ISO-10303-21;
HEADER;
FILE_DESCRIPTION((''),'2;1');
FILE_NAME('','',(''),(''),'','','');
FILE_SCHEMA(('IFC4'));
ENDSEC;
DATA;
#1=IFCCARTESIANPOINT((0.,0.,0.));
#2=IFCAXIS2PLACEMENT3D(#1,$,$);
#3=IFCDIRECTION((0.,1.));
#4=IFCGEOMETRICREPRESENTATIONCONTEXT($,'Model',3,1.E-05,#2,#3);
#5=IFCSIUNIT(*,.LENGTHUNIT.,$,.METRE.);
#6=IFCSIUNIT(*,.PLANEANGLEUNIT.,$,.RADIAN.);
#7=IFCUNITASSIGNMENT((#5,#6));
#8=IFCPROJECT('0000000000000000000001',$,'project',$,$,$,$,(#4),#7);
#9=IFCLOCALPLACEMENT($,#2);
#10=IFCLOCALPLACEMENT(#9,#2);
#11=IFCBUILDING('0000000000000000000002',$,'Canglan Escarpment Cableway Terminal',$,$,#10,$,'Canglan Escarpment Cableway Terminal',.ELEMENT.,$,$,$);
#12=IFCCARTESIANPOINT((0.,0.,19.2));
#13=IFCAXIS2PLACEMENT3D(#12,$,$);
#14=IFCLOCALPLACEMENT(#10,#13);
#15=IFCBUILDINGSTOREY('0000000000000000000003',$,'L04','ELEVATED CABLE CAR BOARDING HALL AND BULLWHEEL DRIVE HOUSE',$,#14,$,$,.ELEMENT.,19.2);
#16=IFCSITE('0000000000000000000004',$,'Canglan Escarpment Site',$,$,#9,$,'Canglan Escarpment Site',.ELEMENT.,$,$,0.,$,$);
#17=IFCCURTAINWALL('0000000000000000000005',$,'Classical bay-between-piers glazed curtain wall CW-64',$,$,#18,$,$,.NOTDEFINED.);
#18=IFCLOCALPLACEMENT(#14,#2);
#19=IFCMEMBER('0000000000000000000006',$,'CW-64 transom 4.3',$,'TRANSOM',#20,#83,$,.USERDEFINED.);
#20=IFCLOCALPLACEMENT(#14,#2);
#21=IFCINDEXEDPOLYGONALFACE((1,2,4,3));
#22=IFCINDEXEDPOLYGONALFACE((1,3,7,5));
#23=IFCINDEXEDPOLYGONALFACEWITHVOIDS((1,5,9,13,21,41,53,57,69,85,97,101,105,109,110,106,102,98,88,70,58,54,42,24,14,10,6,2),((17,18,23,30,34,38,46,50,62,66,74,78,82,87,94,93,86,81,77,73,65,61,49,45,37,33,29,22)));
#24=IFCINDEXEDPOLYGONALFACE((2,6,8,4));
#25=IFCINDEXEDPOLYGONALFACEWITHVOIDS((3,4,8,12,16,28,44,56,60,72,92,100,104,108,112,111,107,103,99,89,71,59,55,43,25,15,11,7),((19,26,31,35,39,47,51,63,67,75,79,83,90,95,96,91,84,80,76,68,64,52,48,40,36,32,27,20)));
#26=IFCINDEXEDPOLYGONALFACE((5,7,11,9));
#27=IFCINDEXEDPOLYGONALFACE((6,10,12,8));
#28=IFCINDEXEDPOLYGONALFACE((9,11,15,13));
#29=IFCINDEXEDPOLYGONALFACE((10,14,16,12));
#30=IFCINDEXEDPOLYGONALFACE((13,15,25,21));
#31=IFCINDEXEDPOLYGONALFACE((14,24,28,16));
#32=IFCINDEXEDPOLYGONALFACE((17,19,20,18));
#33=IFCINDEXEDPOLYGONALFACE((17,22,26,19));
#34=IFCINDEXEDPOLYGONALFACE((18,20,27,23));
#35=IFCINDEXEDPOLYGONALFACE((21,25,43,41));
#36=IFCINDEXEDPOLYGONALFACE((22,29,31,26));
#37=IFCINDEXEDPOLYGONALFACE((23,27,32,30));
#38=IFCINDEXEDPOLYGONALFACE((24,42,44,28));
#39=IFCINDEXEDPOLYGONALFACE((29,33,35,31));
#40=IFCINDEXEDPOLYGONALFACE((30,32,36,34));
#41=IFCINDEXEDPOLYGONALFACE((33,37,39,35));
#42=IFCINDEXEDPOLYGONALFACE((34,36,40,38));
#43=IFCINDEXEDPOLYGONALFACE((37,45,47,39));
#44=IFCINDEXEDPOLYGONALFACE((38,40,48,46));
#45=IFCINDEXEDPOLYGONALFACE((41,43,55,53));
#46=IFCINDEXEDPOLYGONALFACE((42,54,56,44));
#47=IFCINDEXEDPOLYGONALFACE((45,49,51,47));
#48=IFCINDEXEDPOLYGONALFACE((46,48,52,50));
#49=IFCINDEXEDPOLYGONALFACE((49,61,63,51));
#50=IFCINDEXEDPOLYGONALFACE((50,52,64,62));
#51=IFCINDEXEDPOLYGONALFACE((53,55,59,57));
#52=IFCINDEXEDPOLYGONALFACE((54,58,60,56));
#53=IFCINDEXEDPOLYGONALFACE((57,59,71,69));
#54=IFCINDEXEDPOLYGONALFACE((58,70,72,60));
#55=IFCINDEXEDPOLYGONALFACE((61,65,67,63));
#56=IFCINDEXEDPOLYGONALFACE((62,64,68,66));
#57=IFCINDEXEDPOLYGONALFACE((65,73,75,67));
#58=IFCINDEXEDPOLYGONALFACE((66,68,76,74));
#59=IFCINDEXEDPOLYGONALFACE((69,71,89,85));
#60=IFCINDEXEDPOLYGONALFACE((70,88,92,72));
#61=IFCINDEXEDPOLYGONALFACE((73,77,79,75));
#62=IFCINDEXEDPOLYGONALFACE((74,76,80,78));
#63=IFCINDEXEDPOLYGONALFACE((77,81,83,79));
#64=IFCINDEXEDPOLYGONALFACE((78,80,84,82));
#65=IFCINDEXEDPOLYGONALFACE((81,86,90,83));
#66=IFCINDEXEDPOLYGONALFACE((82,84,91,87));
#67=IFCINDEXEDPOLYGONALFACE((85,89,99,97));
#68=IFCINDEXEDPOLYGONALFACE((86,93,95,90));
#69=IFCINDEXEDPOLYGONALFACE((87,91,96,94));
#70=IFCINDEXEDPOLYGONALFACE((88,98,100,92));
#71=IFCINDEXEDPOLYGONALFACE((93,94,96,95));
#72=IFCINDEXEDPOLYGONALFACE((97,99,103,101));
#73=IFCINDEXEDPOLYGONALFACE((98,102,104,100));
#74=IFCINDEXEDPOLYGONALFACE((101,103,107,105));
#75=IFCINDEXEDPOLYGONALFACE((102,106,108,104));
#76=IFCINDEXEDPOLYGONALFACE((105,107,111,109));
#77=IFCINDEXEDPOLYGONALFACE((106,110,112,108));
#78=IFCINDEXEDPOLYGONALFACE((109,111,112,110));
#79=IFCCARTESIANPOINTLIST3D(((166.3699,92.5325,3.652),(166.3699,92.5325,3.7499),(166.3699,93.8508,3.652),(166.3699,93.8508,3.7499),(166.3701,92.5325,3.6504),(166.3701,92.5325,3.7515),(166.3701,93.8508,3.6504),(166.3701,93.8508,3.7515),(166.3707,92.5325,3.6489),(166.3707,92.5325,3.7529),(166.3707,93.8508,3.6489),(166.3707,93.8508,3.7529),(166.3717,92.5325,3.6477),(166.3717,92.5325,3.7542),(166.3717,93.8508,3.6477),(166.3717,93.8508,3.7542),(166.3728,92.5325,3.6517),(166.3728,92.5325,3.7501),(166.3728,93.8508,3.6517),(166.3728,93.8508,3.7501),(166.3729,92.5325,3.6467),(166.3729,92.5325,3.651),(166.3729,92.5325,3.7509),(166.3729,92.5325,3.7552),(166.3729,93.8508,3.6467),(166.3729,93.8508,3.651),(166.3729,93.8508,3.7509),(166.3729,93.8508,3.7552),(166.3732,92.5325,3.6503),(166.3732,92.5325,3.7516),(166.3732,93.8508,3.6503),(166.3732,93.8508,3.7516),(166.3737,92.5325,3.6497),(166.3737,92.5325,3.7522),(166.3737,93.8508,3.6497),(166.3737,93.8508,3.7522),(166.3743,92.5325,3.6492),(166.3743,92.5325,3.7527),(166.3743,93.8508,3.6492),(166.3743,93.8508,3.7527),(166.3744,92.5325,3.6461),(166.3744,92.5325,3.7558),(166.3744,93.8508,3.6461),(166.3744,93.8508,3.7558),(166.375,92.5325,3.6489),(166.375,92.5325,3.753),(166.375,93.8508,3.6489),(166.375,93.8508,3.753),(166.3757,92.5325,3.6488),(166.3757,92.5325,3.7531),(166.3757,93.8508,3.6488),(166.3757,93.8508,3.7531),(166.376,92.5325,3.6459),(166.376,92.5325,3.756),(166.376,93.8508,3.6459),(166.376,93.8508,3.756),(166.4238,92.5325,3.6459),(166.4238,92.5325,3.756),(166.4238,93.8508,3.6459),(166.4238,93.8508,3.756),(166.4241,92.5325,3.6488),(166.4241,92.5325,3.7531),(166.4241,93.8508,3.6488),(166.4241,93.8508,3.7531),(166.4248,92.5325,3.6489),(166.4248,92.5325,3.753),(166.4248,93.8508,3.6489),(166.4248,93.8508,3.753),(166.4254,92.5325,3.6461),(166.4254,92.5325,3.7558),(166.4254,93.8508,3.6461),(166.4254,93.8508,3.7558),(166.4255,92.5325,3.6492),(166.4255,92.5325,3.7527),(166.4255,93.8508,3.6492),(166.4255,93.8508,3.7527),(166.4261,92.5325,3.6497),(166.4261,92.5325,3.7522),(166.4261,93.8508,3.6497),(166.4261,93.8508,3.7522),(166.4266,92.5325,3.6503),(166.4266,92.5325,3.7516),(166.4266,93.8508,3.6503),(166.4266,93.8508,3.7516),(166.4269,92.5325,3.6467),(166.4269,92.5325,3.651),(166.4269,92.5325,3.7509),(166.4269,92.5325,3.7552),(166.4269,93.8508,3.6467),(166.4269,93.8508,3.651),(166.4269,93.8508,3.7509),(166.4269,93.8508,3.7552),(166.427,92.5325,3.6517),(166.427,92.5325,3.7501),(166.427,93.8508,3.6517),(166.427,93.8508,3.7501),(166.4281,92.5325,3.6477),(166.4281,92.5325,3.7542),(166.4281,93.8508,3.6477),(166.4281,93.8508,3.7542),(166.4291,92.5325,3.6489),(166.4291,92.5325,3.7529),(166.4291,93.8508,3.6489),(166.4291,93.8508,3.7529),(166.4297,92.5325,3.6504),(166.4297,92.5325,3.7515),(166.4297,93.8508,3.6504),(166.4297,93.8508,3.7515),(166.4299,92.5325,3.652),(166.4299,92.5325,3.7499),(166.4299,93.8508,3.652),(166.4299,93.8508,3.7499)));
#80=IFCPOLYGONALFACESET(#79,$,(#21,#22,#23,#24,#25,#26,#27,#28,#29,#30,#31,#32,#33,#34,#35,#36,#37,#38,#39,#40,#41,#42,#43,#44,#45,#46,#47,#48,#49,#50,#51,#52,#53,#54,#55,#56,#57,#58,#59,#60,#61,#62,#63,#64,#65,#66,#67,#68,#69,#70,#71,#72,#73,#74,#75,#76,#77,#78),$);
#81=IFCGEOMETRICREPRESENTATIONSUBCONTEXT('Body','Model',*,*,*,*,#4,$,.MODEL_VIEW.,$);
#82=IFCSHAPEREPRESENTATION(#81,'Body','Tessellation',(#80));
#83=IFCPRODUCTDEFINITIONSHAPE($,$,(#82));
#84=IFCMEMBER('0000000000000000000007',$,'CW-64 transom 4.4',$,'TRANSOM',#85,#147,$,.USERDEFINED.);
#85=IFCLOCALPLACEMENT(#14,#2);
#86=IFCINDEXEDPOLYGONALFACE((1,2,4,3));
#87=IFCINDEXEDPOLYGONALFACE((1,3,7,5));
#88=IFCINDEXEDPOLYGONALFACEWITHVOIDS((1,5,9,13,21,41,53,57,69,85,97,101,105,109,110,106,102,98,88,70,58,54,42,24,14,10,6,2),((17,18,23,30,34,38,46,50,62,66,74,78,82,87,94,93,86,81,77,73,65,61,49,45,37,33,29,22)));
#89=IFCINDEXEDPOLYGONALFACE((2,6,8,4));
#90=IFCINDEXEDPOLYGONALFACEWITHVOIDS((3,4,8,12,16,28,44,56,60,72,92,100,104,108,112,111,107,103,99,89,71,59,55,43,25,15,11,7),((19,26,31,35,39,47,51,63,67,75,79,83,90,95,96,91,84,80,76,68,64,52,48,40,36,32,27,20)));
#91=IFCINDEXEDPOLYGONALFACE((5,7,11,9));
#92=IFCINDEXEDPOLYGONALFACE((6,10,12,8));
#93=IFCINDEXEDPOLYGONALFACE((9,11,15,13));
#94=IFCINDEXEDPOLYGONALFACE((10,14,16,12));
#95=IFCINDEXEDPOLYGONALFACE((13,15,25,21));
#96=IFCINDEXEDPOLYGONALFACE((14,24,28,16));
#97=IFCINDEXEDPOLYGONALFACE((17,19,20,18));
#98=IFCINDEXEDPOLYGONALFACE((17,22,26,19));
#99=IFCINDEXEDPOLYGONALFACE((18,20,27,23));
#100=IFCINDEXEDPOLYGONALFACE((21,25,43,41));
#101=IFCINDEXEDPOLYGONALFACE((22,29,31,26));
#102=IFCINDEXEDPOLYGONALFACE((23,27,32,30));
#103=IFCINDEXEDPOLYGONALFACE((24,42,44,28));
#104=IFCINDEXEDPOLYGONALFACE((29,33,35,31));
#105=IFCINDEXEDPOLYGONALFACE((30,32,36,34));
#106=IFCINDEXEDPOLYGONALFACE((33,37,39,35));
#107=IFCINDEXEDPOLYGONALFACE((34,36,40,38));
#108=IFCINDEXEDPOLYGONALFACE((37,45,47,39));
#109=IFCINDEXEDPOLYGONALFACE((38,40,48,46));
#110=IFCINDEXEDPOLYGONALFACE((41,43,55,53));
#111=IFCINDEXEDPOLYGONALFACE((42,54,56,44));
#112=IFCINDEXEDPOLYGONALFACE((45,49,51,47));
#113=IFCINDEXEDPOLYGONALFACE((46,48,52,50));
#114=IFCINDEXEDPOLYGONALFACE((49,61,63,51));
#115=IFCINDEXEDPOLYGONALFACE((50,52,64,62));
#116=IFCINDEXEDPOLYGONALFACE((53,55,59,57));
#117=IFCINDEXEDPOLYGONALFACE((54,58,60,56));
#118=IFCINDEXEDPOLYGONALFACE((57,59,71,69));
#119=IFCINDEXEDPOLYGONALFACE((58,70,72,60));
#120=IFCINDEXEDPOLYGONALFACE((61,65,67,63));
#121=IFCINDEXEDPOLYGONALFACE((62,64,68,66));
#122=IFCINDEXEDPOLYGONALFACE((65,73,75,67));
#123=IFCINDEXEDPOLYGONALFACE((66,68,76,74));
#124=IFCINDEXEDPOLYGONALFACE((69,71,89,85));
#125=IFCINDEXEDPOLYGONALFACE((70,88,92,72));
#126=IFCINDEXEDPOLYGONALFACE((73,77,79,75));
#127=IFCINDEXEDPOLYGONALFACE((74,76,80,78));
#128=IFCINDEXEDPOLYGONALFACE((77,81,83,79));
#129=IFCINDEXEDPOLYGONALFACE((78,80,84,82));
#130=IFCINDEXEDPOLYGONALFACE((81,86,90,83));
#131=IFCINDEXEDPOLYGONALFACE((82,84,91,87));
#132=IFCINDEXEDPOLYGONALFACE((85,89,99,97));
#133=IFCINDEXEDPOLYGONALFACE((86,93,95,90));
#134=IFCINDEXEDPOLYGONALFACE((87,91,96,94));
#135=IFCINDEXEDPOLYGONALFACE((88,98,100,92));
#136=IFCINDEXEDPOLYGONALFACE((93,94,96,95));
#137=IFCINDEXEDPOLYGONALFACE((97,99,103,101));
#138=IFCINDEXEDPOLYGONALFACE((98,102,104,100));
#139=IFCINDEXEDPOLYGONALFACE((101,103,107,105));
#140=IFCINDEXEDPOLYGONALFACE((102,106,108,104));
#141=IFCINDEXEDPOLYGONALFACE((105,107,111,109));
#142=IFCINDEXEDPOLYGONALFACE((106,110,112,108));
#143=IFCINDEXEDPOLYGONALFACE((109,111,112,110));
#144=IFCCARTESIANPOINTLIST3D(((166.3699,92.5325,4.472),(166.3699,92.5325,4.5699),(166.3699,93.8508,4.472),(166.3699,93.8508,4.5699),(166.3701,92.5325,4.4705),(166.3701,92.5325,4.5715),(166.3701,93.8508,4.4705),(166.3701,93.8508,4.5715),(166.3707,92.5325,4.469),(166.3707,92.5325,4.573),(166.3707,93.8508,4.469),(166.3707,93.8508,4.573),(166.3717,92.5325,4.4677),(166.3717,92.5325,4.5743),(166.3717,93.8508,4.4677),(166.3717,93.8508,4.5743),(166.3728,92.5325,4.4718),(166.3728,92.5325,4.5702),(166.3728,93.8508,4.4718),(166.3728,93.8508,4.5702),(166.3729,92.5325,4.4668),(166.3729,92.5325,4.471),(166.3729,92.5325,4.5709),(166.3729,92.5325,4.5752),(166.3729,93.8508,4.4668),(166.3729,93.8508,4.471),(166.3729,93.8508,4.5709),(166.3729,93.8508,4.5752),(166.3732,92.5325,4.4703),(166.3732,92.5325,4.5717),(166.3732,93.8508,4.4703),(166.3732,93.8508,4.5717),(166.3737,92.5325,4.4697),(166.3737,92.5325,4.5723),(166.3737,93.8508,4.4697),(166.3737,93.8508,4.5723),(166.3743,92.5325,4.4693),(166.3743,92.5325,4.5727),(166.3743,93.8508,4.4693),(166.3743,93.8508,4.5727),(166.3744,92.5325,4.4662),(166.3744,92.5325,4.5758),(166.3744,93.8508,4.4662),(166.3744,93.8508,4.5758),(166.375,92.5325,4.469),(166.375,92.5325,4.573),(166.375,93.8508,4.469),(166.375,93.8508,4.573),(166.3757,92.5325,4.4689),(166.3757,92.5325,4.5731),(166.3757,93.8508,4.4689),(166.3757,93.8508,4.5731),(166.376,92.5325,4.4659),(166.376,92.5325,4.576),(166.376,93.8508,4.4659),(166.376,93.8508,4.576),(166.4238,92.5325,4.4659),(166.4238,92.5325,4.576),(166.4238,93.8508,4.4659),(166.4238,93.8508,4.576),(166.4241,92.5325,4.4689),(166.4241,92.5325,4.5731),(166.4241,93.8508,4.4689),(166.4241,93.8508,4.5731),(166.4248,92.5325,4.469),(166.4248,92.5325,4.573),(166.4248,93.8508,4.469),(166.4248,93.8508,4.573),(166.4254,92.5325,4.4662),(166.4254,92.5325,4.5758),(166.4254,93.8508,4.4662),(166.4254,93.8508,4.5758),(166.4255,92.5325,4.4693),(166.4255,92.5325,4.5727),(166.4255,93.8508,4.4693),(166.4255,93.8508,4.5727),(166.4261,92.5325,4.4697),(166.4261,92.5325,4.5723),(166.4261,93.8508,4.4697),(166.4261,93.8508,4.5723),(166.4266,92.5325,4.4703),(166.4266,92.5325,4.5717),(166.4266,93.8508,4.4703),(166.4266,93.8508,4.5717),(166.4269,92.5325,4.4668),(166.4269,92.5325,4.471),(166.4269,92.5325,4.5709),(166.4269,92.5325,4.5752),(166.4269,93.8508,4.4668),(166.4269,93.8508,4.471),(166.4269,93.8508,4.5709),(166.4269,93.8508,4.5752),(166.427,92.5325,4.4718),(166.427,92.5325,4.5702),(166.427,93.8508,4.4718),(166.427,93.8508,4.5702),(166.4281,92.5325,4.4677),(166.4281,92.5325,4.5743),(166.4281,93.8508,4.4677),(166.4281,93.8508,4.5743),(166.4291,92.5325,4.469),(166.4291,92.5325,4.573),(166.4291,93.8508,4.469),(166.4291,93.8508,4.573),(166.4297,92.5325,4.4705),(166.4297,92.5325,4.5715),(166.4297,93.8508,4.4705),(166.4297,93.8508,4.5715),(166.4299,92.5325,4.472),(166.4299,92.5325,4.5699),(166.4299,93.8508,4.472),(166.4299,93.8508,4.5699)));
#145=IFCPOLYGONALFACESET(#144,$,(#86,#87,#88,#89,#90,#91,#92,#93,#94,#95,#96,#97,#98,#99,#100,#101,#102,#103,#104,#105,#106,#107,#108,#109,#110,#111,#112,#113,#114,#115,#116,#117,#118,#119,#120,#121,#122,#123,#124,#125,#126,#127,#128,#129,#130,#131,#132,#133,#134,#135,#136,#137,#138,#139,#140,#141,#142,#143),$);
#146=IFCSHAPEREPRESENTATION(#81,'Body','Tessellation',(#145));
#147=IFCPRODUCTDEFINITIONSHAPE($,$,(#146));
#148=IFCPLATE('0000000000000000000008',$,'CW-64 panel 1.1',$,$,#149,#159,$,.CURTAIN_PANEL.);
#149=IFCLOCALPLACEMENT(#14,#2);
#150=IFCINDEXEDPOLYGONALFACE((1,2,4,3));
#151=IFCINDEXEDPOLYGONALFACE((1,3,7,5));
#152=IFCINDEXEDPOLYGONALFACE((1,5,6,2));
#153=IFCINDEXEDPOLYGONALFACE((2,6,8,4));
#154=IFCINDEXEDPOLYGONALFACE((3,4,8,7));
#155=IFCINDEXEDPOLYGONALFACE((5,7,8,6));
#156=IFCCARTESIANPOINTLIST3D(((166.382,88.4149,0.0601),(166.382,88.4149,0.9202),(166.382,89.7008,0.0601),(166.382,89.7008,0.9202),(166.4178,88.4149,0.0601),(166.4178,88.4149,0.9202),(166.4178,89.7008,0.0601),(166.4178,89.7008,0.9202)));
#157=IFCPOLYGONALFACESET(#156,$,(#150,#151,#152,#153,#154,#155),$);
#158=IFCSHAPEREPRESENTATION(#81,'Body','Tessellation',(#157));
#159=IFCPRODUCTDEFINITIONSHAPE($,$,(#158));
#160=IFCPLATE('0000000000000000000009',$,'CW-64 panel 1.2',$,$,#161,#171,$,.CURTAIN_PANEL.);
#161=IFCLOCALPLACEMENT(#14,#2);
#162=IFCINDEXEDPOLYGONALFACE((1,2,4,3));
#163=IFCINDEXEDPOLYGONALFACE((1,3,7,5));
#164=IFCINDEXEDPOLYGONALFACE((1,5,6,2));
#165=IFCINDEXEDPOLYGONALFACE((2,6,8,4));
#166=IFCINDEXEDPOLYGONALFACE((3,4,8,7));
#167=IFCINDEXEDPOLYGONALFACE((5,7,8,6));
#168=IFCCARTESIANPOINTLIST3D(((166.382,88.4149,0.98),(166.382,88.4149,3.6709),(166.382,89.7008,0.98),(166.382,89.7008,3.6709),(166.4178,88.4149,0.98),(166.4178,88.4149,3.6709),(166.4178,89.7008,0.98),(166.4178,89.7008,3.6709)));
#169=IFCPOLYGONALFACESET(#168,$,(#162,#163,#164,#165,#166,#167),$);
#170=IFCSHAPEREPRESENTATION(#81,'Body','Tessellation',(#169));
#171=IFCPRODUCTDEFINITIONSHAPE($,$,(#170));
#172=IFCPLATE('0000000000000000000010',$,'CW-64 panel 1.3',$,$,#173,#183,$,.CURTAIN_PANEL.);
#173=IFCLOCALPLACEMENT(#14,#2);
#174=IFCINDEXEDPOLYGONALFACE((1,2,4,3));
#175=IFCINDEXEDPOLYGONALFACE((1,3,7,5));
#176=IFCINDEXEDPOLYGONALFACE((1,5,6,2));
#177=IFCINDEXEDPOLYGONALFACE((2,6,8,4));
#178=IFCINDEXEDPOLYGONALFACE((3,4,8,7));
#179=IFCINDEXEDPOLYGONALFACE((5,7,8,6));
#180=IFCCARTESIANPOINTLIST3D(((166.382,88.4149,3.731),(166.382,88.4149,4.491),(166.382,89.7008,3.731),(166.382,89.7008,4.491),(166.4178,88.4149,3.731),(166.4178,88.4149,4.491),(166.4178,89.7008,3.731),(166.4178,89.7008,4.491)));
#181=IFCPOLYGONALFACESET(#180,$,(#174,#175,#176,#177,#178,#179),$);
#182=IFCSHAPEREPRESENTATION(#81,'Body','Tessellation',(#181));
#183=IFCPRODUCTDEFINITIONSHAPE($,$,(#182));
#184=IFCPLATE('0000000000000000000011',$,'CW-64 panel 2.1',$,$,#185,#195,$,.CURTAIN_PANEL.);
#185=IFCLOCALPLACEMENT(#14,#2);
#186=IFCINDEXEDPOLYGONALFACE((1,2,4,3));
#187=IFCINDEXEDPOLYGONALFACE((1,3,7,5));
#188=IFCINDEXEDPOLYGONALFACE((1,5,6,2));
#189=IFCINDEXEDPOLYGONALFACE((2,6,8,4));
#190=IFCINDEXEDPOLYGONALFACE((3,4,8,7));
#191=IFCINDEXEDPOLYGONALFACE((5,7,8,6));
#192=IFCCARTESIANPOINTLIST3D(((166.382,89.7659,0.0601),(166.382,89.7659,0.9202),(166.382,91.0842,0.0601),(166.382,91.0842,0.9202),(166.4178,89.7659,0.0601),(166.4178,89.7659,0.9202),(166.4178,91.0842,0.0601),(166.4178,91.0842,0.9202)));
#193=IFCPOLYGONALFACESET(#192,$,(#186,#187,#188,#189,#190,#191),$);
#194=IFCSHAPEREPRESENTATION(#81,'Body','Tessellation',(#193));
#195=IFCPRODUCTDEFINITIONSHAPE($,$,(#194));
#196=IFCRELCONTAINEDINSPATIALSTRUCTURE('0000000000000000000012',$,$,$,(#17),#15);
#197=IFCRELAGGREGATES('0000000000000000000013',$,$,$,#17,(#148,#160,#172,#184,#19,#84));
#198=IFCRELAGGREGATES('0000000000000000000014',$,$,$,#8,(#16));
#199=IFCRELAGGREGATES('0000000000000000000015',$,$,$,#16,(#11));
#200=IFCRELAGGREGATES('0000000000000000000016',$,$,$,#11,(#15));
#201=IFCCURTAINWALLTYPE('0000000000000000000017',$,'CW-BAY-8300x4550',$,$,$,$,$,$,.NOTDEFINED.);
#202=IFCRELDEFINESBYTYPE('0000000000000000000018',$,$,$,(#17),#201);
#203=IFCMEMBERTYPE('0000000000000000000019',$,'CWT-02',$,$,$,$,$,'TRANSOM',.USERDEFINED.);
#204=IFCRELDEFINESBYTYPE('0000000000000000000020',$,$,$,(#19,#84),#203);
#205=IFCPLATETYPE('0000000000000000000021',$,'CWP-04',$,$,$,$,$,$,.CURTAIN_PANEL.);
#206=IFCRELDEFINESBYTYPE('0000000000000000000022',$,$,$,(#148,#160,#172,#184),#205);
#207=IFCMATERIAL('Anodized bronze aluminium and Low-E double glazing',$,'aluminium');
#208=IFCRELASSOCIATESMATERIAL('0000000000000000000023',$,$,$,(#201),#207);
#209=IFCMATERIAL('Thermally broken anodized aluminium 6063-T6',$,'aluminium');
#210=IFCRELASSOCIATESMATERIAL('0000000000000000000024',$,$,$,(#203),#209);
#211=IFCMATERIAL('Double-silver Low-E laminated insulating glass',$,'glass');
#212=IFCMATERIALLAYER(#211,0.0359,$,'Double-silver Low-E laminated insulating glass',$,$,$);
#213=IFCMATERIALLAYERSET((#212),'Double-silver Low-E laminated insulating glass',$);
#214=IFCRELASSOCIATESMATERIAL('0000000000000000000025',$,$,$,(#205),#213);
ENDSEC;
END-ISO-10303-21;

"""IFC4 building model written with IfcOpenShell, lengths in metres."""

from ifc_helpers import new_model, si_unit, direction, frame, origin, origin_2d, place, context, subcontext, project, spatial, rectangle, hollow_rectangle, extrude, material, layer, layer_set, material_profile, profile_set, type_object, element, aggregate, save


model = new_model("IFC4")

# Units and contexts
model_context = context("Model", 3, precision=1e-05, world=origin(), true_north=direction((0.0, 1.0)))
body_context = subcontext(model_context, "Body", "Model", "MODEL_VIEW")
ifc_project = project(units=[si_unit("LENGTHUNIT", "METRE"), si_unit("PLANEANGLEUNIT", "RADIAN")], contexts=[model_context])

# Site, building, storey
site_placement = place(None, origin())
site = spatial("IfcSite", under=ifc_project, at=site_placement, Name="Canglan Escarpment Site", LongName="Canglan Escarpment Site", CompositionType="ELEMENT", RefElevation=0.0)
building_placement = place(site_placement, origin())
building = spatial("IfcBuilding", under=site, at=building_placement, Name="Canglan Escarpment Cableway Terminal", LongName="Canglan Escarpment Cableway Terminal", CompositionType="ELEMENT")
storey_placement = place(building_placement, frame((0.0, 0.0, 19.2)))
storey = spatial("IfcBuildingStorey", under=building, at=storey_placement, Name="L04", Description="ELEVATED CABLE CAR BOARDING HALL AND BULLWHEEL DRIVE HOUSE", CompositionType="ELEMENT", Elevation=19.2)

# Shared definitions
ifc_material_1 = material(Name="Anodized bronze aluminium and Low-E double glazing", Category="aluminium")
curtain_wall_type = type_object("IfcCurtainWallType", Name="CW-BAY-8300x4550", PredefinedType="NOTDEFINED", material=ifc_material_1)
ifc_material_2 = material(Name="Thermally broken anodized aluminium 6063-T6", Category="aluminium")

# Curtain wall, members, plates
curtain_wall_1_placement = place(storey_placement, origin())
curtain_wall_1 = element("IfcCurtainWall", 1, at=curtain_wall_1_placement, inside=storey, type_object=curtain_wall_type, Name="Classical bay-between-piers glazed curtain wall CW-64", PredefinedType="NOTDEFINED")
ifc_material_profile_1 = material_profile(ifc_material_2, hollow_rectangle(XDim=0.0601, YDim=0.1101, WallThickness=0.0029, InnerFilletRadius=0.0029, OuterFilletRadius=0.0061, at=origin_2d()), Name="ALU-TRAN 60x110x3")
ifc_profile_set_1 = profile_set([ifc_material_profile_1], Name="Thermally broken anodized aluminium 6063-T6")
member_type_1 = type_object("IfcMemberType", Name="CWT-02", ElementType="TRANSOM", PredefinedType="USERDEFINED", material=ifc_profile_set_1)
member_1_placement = place(storey_placement, frame((166.3999, 92.5325, 3.7009), z_axis=(0.0, 1.0, 0.0), x_axis=(-1.0, 0.0, 0.0)))
member_1 = element("IfcMember", 2, at=member_1_placement, type_object=member_type_1, Name="CW-64 transom 4.3", ObjectType="TRANSOM", PredefinedType="USERDEFINED", context=body_context, shape_type="SweptSolid", body=[
    extrude(hollow_rectangle(XDim=0.0601, YDim=0.1101, WallThickness=0.0029, InnerFilletRadius=0.0029, OuterFilletRadius=0.0061, at=origin_2d()), origin(), (0.0, 0.0, 1.0), 1.3184),
])
member_2_placement = place(storey_placement, frame((166.3999, 92.5325, 4.521), z_axis=(0.0, 1.0, 0.0), x_axis=(-1.0, 0.0, 0.0)))
member_2 = element("IfcMember", 3, at=member_2_placement, type_object=member_type_1, Name="CW-64 transom 4.4", ObjectType="TRANSOM", PredefinedType="USERDEFINED", context=body_context, shape_type="SweptSolid", body=[
    extrude(hollow_rectangle(XDim=0.0601, YDim=0.1101, WallThickness=0.0029, InnerFilletRadius=0.0029, OuterFilletRadius=0.0061, at=origin_2d()), origin(), (0.0, 0.0, 1.0), 1.3184),
])
ifc_material_3 = material(Name="Double-silver Low-E laminated insulating glass", Category="glass")
ifc_layer = layer(ifc_material_3, 0.0359, Name="Double-silver Low-E laminated insulating glass")
ifc_layer_set = layer_set([ifc_layer], Name="Double-silver Low-E laminated insulating glass")
plate_type = type_object("IfcPlateType", Name="CWP-04", PredefinedType="CURTAIN_PANEL", material=ifc_layer_set)
plate_1_placement = place(storey_placement, frame((166.3999, 89.0579, 0.0601), z_axis=(0.0, 0.0, 1.0), x_axis=(0.0, 1.0, 0.0)))
plate_1 = element("IfcPlate", 4, at=plate_1_placement, type_object=plate_type, Name="CW-64 panel 1.1", PredefinedType="CURTAIN_PANEL", context=body_context, shape_type="SweptSolid", body=[
    extrude(rectangle(XDim=1.2859, YDim=0.0359, at=origin_2d()), origin(), (0.0, 0.0, 1.0), 0.8601),
])
plate_2_placement = place(storey_placement, frame((166.3999, 89.0579, 0.98), z_axis=(0.0, 0.0, 1.0), x_axis=(0.0, 1.0, 0.0)))
plate_2 = element("IfcPlate", 5, at=plate_2_placement, type_object=plate_type, Name="CW-64 panel 1.2", PredefinedType="CURTAIN_PANEL", context=body_context, shape_type="SweptSolid", body=[
    extrude(rectangle(XDim=1.2859, YDim=0.0359, at=origin_2d()), origin(), (0.0, 0.0, 1.0), 2.6909),
])
plate_3_placement = place(storey_placement, frame((166.3999, 89.0579, 3.731), z_axis=(0.0, 0.0, 1.0), x_axis=(0.0, 1.0, 0.0)))
plate_3 = element("IfcPlate", 6, at=plate_3_placement, type_object=plate_type, Name="CW-64 panel 1.3", PredefinedType="CURTAIN_PANEL", context=body_context, shape_type="SweptSolid", body=[
    extrude(rectangle(XDim=1.2859, YDim=0.0359, at=origin_2d()), origin(), (0.0, 0.0, 1.0), 0.76),
])
plate_4_placement = place(storey_placement, frame((166.3999, 90.425, 0.0601), z_axis=(0.0, 0.0, 1.0), x_axis=(0.0, 1.0, 0.0)))
plate_4 = element("IfcPlate", 7, at=plate_4_placement, type_object=plate_type, Name="CW-64 panel 2.1", PredefinedType="CURTAIN_PANEL", context=body_context, shape_type="SweptSolid", body=[
    extrude(rectangle(XDim=1.3184, YDim=0.0359, at=origin_2d()), origin(), (0.0, 0.0, 1.0), 0.8601),
])
aggregate(curtain_wall_1, [plate_1, plate_2, plate_3, plate_4, member_1, member_2])

save(model, "model.ifc")
